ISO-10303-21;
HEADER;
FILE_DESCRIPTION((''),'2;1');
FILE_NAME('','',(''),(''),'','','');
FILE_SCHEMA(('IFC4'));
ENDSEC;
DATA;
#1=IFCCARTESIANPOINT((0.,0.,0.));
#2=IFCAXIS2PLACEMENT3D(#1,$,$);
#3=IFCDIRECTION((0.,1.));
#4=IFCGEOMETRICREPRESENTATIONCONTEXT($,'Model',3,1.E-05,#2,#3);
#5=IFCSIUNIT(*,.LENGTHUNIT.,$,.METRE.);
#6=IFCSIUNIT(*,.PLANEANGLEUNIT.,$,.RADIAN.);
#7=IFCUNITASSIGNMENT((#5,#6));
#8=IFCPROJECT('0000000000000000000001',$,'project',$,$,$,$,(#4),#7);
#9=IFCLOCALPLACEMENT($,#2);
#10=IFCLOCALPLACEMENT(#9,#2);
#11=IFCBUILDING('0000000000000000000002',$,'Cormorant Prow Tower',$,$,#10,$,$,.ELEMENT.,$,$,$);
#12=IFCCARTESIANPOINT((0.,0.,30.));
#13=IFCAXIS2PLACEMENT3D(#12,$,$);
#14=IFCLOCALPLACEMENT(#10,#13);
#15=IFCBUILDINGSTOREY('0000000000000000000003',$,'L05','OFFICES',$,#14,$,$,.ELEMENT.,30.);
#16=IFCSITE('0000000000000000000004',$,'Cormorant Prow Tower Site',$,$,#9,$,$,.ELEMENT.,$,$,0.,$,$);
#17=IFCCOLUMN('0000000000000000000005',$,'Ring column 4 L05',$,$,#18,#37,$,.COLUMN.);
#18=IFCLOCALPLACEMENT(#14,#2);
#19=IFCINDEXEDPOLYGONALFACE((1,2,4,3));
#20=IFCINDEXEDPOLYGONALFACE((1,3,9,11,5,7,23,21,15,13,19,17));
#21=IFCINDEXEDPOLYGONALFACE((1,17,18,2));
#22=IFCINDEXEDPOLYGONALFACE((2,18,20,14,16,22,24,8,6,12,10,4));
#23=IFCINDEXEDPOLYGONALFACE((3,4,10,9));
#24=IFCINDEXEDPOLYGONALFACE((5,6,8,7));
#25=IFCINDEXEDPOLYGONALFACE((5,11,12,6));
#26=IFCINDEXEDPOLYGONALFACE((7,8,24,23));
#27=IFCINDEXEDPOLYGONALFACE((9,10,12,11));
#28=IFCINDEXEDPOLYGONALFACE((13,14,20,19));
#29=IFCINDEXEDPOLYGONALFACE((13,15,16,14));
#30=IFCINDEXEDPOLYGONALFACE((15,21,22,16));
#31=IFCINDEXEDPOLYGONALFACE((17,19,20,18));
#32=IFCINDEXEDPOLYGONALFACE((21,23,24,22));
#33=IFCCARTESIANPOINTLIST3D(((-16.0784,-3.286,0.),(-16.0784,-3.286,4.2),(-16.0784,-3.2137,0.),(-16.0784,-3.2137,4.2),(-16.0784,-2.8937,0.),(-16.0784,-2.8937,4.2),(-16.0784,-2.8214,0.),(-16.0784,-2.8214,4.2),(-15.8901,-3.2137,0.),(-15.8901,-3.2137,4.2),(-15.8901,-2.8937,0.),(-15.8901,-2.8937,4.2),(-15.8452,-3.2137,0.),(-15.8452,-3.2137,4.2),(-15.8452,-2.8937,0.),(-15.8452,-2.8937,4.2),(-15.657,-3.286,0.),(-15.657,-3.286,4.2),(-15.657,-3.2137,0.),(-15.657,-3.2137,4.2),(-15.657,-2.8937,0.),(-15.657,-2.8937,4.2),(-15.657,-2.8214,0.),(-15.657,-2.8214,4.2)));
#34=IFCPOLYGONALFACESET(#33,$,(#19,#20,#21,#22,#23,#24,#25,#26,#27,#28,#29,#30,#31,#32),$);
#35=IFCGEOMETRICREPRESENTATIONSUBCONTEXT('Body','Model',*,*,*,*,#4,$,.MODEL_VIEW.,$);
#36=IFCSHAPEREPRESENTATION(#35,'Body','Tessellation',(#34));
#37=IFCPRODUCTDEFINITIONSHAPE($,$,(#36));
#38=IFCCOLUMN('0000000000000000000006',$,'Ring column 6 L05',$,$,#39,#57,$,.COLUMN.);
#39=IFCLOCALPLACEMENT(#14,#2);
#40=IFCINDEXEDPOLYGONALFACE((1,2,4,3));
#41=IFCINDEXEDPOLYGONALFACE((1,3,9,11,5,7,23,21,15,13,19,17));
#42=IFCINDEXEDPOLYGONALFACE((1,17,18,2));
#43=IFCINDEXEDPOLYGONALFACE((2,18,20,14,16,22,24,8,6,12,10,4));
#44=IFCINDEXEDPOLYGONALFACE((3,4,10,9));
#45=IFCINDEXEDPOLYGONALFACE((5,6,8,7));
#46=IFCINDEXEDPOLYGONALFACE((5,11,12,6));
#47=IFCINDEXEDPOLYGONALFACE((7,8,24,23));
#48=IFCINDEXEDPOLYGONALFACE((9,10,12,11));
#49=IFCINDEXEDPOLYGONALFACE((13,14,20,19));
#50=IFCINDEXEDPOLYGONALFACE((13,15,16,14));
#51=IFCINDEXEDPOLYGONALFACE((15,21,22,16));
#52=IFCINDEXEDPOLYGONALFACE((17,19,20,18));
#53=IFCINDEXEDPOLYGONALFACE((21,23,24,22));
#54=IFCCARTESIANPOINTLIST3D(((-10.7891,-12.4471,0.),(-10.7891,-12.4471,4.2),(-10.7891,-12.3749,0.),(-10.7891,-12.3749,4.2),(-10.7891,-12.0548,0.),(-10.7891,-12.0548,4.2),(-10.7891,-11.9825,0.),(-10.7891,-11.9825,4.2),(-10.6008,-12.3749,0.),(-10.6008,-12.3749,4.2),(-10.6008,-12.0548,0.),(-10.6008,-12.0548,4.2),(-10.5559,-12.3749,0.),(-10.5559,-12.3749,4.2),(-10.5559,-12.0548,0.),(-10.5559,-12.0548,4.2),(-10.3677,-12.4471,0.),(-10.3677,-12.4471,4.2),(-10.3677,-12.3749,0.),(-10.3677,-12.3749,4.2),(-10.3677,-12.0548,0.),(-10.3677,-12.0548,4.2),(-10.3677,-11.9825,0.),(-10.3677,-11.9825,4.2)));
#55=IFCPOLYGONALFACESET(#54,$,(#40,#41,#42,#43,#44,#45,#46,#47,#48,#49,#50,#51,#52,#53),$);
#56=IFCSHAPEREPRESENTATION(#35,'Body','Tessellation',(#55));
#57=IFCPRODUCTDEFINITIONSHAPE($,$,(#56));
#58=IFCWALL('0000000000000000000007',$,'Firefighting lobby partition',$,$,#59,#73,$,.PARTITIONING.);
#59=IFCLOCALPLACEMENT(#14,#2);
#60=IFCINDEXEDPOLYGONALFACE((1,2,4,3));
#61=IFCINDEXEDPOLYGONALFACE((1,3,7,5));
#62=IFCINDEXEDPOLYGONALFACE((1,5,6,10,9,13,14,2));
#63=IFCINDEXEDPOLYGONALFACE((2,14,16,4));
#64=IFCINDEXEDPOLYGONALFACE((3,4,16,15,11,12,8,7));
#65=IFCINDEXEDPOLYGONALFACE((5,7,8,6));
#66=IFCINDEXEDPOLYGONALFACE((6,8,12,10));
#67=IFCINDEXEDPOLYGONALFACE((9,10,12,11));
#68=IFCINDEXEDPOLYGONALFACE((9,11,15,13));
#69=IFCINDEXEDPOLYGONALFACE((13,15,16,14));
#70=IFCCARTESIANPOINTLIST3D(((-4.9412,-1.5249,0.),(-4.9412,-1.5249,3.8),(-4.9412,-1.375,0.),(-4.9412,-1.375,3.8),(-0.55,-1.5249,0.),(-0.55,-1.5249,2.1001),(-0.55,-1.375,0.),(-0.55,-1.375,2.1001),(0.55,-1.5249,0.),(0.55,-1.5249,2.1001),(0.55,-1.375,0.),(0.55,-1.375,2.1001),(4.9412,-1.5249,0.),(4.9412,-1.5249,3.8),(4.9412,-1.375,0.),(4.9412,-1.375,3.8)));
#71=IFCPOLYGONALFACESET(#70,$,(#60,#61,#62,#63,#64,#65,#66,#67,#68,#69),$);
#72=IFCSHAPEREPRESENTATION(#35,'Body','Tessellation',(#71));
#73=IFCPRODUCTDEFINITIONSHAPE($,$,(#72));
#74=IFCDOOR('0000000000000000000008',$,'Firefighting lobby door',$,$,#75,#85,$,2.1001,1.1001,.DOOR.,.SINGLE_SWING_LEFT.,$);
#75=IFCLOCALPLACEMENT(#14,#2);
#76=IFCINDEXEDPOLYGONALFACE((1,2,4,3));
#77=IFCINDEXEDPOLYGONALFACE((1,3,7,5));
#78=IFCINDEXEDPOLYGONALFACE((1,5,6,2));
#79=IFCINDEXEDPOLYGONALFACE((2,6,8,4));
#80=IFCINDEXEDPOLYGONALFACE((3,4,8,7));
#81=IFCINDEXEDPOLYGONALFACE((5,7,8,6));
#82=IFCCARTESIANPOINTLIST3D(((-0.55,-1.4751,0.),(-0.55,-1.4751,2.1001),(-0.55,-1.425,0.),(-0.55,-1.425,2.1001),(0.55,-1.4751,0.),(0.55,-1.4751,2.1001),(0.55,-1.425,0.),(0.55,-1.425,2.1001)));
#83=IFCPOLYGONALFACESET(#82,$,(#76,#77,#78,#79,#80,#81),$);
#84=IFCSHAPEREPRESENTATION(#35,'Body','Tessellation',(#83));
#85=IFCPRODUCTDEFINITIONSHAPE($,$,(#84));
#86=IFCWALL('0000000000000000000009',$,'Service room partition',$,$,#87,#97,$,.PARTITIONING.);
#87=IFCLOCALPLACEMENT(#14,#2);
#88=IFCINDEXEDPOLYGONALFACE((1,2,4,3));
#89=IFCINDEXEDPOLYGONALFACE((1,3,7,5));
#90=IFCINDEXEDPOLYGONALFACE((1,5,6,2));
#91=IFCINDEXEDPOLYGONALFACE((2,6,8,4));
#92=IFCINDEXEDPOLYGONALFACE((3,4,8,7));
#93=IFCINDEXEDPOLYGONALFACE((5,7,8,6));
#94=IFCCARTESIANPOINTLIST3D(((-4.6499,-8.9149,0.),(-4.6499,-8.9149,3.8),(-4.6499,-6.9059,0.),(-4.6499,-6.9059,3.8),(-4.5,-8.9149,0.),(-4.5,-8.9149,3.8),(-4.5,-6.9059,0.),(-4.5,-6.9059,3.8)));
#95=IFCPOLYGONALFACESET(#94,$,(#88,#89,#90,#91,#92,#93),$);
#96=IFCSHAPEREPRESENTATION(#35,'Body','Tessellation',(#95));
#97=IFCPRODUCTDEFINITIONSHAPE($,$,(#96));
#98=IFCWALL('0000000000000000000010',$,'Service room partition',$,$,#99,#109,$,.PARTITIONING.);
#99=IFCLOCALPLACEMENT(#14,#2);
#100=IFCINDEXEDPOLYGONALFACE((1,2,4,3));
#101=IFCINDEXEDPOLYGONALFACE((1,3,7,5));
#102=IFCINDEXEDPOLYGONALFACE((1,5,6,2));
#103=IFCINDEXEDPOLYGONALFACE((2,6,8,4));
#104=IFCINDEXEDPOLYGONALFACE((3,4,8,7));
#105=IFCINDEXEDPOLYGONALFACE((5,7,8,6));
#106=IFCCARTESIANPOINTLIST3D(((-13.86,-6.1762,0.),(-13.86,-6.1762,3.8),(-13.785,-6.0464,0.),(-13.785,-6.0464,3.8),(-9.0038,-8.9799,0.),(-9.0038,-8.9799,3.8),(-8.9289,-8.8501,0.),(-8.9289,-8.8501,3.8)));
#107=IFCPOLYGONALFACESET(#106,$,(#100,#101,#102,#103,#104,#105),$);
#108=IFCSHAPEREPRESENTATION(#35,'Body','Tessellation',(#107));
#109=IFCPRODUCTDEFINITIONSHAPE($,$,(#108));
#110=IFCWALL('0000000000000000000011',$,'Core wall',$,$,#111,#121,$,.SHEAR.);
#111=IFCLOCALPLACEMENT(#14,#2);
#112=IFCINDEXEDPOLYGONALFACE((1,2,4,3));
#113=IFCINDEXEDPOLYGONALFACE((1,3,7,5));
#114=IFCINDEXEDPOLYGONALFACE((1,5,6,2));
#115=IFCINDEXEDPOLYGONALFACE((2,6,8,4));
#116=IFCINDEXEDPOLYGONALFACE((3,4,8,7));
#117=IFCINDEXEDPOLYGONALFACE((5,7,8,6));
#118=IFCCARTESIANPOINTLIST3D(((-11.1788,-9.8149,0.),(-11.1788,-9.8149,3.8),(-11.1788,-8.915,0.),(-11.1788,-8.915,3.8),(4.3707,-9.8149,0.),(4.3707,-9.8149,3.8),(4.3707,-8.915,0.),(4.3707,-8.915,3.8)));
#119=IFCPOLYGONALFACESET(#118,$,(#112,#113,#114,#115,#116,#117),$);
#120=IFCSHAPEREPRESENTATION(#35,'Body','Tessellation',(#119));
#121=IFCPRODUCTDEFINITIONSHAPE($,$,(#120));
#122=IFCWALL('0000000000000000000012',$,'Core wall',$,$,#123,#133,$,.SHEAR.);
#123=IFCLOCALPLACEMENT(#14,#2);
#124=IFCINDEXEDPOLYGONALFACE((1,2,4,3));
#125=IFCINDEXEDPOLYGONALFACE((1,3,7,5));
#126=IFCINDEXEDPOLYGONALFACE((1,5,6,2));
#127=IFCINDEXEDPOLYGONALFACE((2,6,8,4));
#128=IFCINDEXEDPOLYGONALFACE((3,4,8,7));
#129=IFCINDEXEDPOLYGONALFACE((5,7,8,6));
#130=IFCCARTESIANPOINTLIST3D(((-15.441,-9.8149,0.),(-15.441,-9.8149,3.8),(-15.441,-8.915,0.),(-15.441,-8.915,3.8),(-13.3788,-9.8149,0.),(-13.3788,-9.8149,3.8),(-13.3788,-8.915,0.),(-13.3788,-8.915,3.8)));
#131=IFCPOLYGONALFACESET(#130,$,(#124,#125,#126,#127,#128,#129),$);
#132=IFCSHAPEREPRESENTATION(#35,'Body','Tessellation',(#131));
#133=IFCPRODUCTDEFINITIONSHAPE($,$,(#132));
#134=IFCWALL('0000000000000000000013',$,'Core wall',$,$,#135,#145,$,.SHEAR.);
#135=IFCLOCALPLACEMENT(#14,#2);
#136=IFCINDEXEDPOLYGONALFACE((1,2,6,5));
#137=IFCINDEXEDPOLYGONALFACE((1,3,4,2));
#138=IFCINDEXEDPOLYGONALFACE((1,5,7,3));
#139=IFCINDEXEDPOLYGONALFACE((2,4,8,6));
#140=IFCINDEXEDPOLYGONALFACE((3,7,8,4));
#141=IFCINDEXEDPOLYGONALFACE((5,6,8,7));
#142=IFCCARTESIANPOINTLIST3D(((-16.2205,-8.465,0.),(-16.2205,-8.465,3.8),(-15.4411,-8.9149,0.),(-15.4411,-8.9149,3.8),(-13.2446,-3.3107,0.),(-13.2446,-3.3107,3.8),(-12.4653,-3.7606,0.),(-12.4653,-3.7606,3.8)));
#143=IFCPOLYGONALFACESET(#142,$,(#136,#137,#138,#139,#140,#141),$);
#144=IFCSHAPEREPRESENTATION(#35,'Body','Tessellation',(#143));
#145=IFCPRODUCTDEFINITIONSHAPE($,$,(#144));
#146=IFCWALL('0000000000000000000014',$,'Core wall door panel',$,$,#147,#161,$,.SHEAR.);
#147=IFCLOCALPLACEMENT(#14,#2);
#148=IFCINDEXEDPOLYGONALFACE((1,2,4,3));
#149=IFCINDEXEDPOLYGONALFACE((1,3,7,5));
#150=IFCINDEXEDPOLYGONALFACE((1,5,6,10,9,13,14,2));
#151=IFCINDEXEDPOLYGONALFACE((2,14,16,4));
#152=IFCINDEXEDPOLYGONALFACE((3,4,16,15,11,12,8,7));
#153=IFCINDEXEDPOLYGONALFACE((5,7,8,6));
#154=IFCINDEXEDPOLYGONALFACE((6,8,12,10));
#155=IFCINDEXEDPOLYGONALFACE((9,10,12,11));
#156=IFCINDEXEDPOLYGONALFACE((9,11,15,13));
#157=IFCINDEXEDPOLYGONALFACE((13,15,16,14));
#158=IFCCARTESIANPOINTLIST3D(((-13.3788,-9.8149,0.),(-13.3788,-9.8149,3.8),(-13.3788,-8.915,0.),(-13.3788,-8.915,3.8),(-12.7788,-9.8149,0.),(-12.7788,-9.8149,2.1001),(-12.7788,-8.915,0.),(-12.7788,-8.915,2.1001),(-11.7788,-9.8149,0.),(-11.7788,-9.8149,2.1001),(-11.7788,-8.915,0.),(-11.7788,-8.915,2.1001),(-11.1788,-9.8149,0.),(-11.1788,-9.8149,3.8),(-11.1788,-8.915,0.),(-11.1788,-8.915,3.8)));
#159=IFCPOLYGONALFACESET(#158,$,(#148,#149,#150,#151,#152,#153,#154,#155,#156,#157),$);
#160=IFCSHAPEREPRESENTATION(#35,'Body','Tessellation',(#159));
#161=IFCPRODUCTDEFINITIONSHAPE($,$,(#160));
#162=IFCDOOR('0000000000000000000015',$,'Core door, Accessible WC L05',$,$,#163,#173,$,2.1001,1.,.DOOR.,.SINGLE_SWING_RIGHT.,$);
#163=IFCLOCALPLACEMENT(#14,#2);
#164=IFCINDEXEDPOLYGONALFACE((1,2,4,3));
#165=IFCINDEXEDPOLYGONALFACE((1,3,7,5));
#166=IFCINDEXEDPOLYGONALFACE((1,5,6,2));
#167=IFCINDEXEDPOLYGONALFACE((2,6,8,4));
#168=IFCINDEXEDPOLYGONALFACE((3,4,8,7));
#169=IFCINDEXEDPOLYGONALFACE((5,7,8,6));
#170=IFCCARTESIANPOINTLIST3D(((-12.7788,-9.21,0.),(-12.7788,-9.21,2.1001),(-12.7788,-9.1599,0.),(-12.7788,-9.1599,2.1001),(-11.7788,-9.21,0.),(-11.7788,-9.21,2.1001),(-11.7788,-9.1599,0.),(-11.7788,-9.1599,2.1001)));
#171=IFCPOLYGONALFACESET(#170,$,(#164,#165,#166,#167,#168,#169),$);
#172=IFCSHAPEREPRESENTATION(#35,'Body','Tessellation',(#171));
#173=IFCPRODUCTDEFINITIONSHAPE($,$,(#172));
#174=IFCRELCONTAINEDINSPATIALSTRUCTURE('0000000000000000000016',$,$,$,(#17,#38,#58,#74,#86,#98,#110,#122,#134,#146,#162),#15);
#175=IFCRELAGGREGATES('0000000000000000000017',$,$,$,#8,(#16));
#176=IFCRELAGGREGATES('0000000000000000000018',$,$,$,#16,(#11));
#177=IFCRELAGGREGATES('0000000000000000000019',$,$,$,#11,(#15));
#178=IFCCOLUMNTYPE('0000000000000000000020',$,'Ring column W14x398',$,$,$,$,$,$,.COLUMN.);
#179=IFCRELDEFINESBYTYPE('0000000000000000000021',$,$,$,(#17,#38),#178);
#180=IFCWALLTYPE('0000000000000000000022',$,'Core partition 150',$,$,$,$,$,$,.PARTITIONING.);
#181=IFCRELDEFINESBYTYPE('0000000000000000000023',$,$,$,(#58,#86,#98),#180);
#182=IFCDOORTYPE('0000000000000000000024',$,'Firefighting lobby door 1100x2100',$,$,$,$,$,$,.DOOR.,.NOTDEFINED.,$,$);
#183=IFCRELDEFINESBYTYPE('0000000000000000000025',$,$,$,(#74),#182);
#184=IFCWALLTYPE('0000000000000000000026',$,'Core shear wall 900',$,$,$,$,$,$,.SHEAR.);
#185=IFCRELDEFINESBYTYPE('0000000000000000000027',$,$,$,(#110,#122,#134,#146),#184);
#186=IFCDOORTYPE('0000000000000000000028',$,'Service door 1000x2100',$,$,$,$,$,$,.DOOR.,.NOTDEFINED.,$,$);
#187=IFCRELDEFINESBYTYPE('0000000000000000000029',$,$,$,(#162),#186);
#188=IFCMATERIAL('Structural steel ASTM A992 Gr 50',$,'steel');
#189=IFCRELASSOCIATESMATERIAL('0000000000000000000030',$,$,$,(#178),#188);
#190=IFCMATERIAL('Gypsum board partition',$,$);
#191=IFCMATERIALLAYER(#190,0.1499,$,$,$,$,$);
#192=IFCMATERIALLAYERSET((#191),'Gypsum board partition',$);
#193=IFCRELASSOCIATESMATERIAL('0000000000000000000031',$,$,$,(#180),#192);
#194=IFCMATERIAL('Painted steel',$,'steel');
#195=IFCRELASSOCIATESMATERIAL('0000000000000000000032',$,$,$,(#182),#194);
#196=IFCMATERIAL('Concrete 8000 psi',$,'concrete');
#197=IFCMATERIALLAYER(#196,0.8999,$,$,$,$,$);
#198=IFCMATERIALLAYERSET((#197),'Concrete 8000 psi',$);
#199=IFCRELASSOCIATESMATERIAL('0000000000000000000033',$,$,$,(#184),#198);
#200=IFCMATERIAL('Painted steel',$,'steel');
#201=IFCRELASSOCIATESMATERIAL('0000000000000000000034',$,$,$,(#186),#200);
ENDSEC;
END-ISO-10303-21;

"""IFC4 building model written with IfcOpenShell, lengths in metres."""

from ifc_helpers import new_model, si_unit, direction, frame, frame_2d, origin, origin_2d, place, context, subcontext, project, spatial, rectangle, i_section, extrude, material, layer, layer_set, material_profile, profile_set, type_object, element, fill, save


model = new_model("IFC4")

# Units and contexts
model_context = context("Model", 3, precision=1e-05, world=origin(), true_north=direction((0.0, 1.0)))
body_context = subcontext(model_context, "Body", "Model", "MODEL_VIEW")
ifc_project = project(units=[si_unit("LENGTHUNIT", "METRE"), si_unit("PLANEANGLEUNIT", "RADIAN")], contexts=[model_context])

# Site, building, storey
site_placement = place(None, origin())
site = spatial("IfcSite", under=ifc_project, at=site_placement, Name="Cormorant Prow Tower Site", CompositionType="ELEMENT", RefElevation=0.0)
building_placement = place(site_placement, origin())
building = spatial("IfcBuilding", under=site, at=building_placement, Name="Cormorant Prow Tower", CompositionType="ELEMENT")
storey_placement = place(building_placement, frame((0.0, 0.0, 30.0)))
storey = spatial("IfcBuildingStorey", under=building, at=storey_placement, Name="L05", Description="OFFICES", CompositionType="ELEMENT", Elevation=30.0)

# Columns
ifc_material_1 = material(Name="Structural steel ASTM A992 Gr 50", Category="steel")
ifc_material_profile = material_profile(ifc_material_1, i_section(OverallWidth=0.4214, OverallDepth=0.4646, WebThickness=0.0449, FlangeThickness=0.0723, at=origin_2d()), Name="W14x398")
ifc_profile_set = profile_set([ifc_material_profile], Name="Structural steel ASTM A992 Gr 50")
column_type = type_object("IfcColumnType", Name="Ring column W14x398", PredefinedType="COLUMN", material=ifc_profile_set)
for number, where, z_axis, x_axis, name in (
    (1, (-15.8677, -3.0537, 0.0), (0.0, 0.0, 1.0), (1.0, 0.0, 0.0), "Ring column 4 L05"),
    (2, (-10.5784, -12.2148, 0.0), (0.0, 0.0, 1.0), (1.0, 0.0, 0.0), "Ring column 6 L05"),
):
    element("IfcColumn", number, at=place(storey_placement, frame(where, z_axis=z_axis, x_axis=x_axis)), inside=storey, type_object=column_type, Name=name, PredefinedType="COLUMN", context=body_context, shape_type="SweptSolid", body=[
        extrude(i_section(OverallWidth=0.4214, OverallDepth=0.4646, WebThickness=0.0449, FlangeThickness=0.0723, at=origin_2d()), origin(), (0.0, 0.0, 1.0), 4.2),
    ])

# Wall, opening, door
ifc_material_2 = material(Name="Gypsum board partition")
ifc_layer_1 = layer(ifc_material_2, 0.1499)
ifc_layer_set_1 = layer_set([ifc_layer_1], Name="Gypsum board partition")
wall_type_1 = type_object("IfcWallType", Name="Core partition 150", PredefinedType="PARTITIONING", material=ifc_layer_set_1)
wall_1_placement = place(storey_placement, frame((-4.9412, -1.45, 0.0), z_axis=(0.0, 0.0, 1.0), x_axis=(1.0, 0.0, 0.0)))
wall_1 = element("IfcWall", 3, at=wall_1_placement, inside=storey, type_object=wall_type_1, Name="Firefighting lobby partition", PredefinedType="PARTITIONING", context=body_context, shape_type="SweptSolid", body=[
    extrude(rectangle(XDim=9.8823, YDim=0.1499, at=frame_2d((4.9412, 0.0))), origin(), (0.0, 0.0, 1.0), 3.8),
])
opening_1_placement = place(wall_1_placement, frame((4.3911, 0.0, 0.0)))
opening_1 = element("IfcOpeningElement", 4, at=opening_1_placement, cuts=wall_1, PredefinedType="OPENING", context=body_context, shape_type="SweptSolid", body=[
    extrude(rectangle(XDim=1.1001, YDim=2.1001, at=frame_2d((0.55, 1.05))), frame((0.0, 0.085, 0.0), z_axis=(0.0, -1.0, 0.0), x_axis=(1.0, 0.0, 0.0)), (0.0, 0.0, 1.0), 0.1699),
])
ifc_material_3 = material(Name="Painted steel", Category="steel")
door_type_1 = type_object("IfcDoorType", Name="Firefighting lobby door 1100x2100", OperationType="NOTDEFINED", PredefinedType="DOOR", material=ifc_material_3)
door_1_placement = place(opening_1_placement, origin())
door_1 = element("IfcDoor", 5, at=door_1_placement, inside=storey, type_object=door_type_1, Name="Firefighting lobby door", OperationType="SINGLE_SWING_LEFT", OverallHeight=2.1001, OverallWidth=1.1001, PredefinedType="DOOR", context=body_context, shape_type="SweptSolid", body=[
    extrude(rectangle(XDim=1.1001, YDim=2.1001, at=frame_2d((0.55, 1.05))), frame((0.0, 0.0249, 0.0), z_axis=(0.0, -1.0, 0.0), x_axis=(1.0, 0.0, 0.0)), (0.0, 0.0, 1.0), 0.05),
])
fill(opening_1, door_1)

# Walls
wall_2_placement = place(storey_placement, frame((-4.575, -6.906, 0.0), z_axis=(0.0, 0.0, 1.0), x_axis=(0.0, -1.0, 0.0)))
element("IfcWall", 6, at=wall_2_placement, inside=storey, type_object=wall_type_1, Name="Service room partition", PredefinedType="PARTITIONING", context=body_context, shape_type="SweptSolid", body=[
    extrude(rectangle(XDim=2.009, YDim=0.1499, at=frame_2d((1.0044, 0.0))), origin(), (0.0, 0.0, 1.0), 3.8),
])
wall_3_placement = place(storey_placement, frame((-13.8225, -6.1113, 0.0), z_axis=(0.0, 0.0, 1.0), x_axis=(0.866027, -0.499998, 0.0)))
element("IfcWall", 7, at=wall_3_placement, inside=storey, type_object=wall_type_1, Name="Service room partition", PredefinedType="PARTITIONING", context=body_context, shape_type="SweptSolid", body=[
    extrude(rectangle(XDim=5.6074, YDim=0.1499, at=frame_2d((2.8037, 0.0))), origin(), (0.0, 0.0, 1.0), 3.8),
])
ifc_material_4 = material(Name="Concrete 8000 psi", Category="concrete")
ifc_layer_2 = layer(ifc_material_4, 0.8999)
ifc_layer_set_2 = layer_set([ifc_layer_2], Name="Concrete 8000 psi")
wall_type_2 = type_object("IfcWallType", Name="Core shear wall 900", PredefinedType="SHEAR", material=ifc_layer_set_2)
wall_4_placement = place(storey_placement, frame((-11.179, -9.365, 0.0), z_axis=(0.0, 0.0, 1.0), x_axis=(1.0, 0.0, 0.0)))
element("IfcWall", 8, at=wall_4_placement, inside=storey, type_object=wall_type_2, Name="Core wall", PredefinedType="SHEAR", context=body_context, shape_type="SweptSolid", body=[
    extrude(rectangle(XDim=15.5496, YDim=0.8999, at=frame_2d((7.7749, 0.0))), origin(), (0.0, 0.0, 1.0), 3.8),
])
wall_5_placement = place(storey_placement, frame((-15.4412, -9.365, 0.0), z_axis=(0.0, 0.0, 1.0), x_axis=(1.0, 0.0, 0.0)))
element("IfcWall", 9, at=wall_5_placement, inside=storey, type_object=wall_type_2, Name="Core wall", PredefinedType="SHEAR", context=body_context, shape_type="SweptSolid", body=[
    extrude(rectangle(XDim=2.0623, YDim=0.8999, at=frame_2d((1.0312, 0.0))), origin(), (0.0, 0.0, 1.0), 3.8),
])
wall_6_placement = place(storey_placement, frame((-12.855, -3.5356, 0.0), z_axis=(0.0, 0.0, 1.0), x_axis=(-0.499999, -0.866026, 0.0)))
element("IfcWall", 10, at=wall_6_placement, inside=storey, type_object=wall_type_2, Name="Core wall", PredefinedType="SHEAR", context=body_context, shape_type="SweptSolid", body=[
    extrude(rectangle(XDim=5.9517, YDim=0.8999, at=frame_2d((2.9758, 0.0))), origin(), (0.0, 0.0, 1.0), 3.8),
])

# Wall, opening, door
wall_7_placement = place(storey_placement, frame((-13.3789, -9.365, 0.0), z_axis=(0.0, 0.0, 1.0), x_axis=(1.0, 0.0, 0.0)))
wall_7 = element("IfcWall", 11, at=wall_7_placement, inside=storey, type_object=wall_type_2, Name="Core wall door panel", PredefinedType="SHEAR", context=body_context, shape_type="SweptSolid", body=[
    extrude(rectangle(XDim=2.2, YDim=0.8999, at=frame_2d((1.1001, 0.0))), origin(), (0.0, 0.0, 1.0), 3.8),
])
opening_2_placement = place(wall_7_placement, frame((0.6001, 0.0, 0.0)))
opening_2 = element("IfcOpeningElement", 12, at=opening_2_placement, cuts=wall_7, PredefinedType="OPENING", context=body_context, shape_type="SweptSolid", body=[
    extrude(rectangle(XDim=1.0, YDim=2.1001, at=frame_2d((0.5, 1.05))), frame((0.0, 0.46, 0.0), z_axis=(0.0, -1.0, 0.0), x_axis=(1.0, 0.0, 0.0)), (0.0, 0.0, 1.0), 0.9199),
])
ifc_material_5 = material(Name="Painted steel", Category="steel")
door_type_2 = type_object("IfcDoorType", Name="Service door 1000x2100", OperationType="NOTDEFINED", PredefinedType="DOOR", material=ifc_material_5)
door_2_placement = place(opening_2_placement, origin())
door_2 = element("IfcDoor", 13, at=door_2_placement, inside=storey, type_object=door_type_2, Name="Core door, Accessible WC L05", OperationType="SINGLE_SWING_RIGHT", OverallHeight=2.1001, OverallWidth=1.0, PredefinedType="DOOR", context=body_context, shape_type="SweptSolid", body=[
    extrude(rectangle(XDim=1.0, YDim=2.1001, at=frame_2d((0.5, 1.05))), frame((0.0, 0.2051, 0.0), z_axis=(0.0, -1.0, 0.0), x_axis=(1.0, 0.0, 0.0)), (0.0, 0.0, 1.0), 0.05),
])
fill(opening_2, door_2)

save(model, "model.ifc")
